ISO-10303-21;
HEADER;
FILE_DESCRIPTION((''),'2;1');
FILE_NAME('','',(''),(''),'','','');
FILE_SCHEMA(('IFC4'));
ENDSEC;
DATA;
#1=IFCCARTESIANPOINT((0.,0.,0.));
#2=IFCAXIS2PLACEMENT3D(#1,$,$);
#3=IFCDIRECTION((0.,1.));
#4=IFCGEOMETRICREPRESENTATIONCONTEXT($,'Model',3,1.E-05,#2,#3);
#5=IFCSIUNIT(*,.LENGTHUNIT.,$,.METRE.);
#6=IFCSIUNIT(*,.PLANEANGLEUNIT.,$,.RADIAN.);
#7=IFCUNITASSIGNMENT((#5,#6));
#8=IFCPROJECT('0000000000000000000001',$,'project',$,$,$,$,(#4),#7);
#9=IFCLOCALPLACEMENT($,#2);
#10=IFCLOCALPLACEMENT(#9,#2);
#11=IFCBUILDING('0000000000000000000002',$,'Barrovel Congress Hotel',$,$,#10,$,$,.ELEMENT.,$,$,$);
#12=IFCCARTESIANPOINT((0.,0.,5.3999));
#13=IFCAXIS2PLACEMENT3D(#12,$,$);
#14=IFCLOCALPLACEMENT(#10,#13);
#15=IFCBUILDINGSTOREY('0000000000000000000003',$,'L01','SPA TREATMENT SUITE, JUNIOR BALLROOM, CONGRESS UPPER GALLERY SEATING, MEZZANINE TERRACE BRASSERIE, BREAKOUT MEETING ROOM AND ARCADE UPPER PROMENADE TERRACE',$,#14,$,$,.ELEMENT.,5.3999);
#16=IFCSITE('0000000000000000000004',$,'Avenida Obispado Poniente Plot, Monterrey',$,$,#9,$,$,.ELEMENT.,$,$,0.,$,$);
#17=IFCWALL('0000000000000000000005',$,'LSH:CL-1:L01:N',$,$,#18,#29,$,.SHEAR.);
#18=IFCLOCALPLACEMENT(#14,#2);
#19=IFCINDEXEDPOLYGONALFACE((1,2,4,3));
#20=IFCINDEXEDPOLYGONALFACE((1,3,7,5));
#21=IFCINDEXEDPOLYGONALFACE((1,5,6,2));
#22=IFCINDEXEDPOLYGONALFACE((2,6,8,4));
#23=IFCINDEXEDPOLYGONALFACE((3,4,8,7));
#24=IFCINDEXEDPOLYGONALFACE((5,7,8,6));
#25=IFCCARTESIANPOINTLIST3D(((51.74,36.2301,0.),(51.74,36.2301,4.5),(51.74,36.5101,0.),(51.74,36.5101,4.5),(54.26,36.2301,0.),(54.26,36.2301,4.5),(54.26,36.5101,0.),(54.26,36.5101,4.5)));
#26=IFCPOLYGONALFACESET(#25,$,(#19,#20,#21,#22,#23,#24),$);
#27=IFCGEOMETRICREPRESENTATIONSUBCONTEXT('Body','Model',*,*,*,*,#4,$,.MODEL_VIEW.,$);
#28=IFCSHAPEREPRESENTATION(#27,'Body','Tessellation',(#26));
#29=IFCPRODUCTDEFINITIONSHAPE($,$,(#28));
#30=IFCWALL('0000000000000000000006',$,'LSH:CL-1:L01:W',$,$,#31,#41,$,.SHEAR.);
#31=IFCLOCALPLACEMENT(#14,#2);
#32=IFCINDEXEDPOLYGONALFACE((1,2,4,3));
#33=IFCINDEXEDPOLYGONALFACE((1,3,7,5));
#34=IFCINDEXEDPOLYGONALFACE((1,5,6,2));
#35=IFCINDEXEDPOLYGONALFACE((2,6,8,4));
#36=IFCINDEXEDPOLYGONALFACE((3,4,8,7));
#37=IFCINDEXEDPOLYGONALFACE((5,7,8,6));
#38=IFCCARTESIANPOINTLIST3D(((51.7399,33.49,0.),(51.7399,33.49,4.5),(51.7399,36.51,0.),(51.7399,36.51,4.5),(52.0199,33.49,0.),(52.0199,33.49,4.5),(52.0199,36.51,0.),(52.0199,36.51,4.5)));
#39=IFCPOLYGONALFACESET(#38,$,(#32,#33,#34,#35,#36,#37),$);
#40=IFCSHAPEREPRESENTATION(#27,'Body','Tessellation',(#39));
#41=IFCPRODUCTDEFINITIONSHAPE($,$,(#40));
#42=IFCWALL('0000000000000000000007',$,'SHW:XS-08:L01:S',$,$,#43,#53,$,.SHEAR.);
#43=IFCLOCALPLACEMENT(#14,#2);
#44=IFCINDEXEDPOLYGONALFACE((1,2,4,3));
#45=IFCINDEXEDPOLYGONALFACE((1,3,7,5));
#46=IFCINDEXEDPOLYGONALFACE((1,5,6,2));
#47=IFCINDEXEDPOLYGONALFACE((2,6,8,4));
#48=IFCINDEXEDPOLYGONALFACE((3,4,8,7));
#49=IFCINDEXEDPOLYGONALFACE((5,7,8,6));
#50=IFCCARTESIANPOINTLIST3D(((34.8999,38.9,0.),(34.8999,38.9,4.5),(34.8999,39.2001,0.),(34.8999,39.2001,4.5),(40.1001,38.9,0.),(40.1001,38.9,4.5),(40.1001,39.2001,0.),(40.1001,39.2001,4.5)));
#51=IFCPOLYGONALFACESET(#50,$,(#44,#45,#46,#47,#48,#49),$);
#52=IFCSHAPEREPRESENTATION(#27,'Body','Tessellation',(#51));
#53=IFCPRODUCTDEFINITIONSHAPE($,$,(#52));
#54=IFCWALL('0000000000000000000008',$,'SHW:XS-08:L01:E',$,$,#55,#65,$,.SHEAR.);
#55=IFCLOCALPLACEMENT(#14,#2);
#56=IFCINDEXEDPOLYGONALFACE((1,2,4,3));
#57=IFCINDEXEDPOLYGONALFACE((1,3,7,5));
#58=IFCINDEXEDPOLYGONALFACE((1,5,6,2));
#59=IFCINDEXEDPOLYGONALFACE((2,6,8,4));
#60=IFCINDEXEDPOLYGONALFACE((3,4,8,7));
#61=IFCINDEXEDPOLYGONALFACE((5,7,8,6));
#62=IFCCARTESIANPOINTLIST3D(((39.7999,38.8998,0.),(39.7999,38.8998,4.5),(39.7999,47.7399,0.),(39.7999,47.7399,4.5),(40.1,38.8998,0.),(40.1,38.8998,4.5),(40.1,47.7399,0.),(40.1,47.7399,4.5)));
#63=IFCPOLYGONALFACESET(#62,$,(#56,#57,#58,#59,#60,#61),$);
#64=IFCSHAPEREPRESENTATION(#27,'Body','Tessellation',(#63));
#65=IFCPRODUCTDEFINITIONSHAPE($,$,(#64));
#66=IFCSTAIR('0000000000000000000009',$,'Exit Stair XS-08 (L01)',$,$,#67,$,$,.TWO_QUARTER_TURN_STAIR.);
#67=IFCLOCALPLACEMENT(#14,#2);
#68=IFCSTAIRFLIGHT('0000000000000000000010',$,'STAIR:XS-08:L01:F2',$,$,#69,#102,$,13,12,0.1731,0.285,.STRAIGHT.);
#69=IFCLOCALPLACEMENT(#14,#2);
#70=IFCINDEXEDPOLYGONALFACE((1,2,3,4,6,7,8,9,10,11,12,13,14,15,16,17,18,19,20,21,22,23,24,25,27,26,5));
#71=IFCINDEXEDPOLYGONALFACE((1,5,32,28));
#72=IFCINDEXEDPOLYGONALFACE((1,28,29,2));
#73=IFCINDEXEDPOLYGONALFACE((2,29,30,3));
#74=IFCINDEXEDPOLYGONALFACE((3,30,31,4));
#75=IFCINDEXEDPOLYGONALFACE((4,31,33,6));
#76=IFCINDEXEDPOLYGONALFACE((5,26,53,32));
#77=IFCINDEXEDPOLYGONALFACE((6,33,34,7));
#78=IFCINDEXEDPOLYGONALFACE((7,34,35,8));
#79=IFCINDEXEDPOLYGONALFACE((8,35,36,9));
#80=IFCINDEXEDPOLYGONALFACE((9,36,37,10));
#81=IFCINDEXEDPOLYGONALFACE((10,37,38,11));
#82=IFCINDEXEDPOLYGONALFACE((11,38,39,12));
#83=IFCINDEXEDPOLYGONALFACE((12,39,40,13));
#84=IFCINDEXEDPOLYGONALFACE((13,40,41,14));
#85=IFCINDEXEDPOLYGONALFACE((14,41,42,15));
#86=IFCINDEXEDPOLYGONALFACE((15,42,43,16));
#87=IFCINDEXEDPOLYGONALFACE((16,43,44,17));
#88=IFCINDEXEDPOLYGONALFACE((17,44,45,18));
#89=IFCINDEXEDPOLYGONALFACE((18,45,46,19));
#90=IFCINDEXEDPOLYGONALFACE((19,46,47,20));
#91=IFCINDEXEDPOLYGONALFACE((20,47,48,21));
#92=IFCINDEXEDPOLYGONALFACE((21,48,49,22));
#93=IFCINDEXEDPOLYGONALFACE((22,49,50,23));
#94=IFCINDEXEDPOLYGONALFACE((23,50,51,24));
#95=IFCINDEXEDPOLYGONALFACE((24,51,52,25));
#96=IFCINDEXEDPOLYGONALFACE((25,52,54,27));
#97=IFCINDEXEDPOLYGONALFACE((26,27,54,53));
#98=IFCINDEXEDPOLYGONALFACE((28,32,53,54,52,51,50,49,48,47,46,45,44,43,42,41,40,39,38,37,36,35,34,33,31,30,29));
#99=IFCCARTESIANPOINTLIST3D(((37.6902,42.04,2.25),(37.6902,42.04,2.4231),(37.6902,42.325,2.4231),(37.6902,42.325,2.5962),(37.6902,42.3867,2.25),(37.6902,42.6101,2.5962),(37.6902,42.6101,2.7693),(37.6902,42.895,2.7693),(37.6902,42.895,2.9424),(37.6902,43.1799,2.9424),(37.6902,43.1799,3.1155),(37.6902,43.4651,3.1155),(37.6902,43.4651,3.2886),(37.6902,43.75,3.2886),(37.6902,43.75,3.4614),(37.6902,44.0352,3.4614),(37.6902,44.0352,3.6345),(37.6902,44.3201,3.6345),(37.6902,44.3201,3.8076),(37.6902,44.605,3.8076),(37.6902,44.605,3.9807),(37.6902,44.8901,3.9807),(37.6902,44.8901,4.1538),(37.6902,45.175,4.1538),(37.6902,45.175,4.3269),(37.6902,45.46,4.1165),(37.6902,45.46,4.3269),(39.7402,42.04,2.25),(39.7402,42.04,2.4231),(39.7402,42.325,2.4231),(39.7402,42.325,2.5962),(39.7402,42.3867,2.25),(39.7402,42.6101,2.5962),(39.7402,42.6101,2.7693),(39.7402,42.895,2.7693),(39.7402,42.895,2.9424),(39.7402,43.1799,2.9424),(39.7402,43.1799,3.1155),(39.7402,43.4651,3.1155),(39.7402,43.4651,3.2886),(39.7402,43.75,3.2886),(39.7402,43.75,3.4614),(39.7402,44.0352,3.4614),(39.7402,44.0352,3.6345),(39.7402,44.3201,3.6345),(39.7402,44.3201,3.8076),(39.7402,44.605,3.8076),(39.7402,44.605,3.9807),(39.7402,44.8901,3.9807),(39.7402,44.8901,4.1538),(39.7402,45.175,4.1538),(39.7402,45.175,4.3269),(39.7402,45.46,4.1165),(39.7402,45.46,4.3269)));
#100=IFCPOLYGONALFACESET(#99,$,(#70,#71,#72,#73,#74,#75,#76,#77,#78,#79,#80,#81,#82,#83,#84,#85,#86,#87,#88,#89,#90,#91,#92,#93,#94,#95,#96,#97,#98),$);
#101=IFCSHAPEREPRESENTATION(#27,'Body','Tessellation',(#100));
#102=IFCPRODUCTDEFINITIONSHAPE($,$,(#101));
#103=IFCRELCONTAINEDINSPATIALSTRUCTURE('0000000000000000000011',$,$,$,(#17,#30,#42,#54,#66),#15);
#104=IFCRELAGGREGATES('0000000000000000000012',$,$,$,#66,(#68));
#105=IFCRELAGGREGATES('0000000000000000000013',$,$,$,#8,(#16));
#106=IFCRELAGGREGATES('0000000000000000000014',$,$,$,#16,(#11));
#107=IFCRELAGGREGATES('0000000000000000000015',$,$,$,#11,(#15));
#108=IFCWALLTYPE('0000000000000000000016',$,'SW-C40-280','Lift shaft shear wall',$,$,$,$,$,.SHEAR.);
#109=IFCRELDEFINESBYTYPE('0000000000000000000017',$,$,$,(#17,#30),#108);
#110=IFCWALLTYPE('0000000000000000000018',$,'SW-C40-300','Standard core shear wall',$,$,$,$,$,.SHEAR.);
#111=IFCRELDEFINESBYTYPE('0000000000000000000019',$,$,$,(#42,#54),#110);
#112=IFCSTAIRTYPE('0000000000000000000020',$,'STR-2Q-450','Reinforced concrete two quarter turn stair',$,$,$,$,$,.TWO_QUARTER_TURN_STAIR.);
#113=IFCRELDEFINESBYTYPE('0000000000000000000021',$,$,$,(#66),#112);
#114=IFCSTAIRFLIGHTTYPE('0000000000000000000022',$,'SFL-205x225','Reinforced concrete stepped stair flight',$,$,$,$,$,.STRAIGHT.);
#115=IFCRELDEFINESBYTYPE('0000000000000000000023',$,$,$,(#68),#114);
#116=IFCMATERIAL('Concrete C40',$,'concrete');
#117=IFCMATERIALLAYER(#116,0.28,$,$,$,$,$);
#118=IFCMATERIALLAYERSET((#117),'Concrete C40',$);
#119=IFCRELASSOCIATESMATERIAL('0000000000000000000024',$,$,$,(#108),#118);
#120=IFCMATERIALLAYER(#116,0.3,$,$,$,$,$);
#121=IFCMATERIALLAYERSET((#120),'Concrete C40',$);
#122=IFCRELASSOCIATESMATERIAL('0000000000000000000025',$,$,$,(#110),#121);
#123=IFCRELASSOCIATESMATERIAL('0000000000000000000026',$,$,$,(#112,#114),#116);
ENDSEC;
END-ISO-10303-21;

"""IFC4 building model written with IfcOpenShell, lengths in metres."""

from ifc_helpers import new_model, si_unit, direction, frame, frame_2d, origin, place, context, subcontext, project, spatial, polyline, rectangle, outline, extrude, material, layer, layer_set, type_object, element, aggregate, save


model = new_model("IFC4")

# Units and contexts
model_context = context("Model", 3, precision=1e-05, world=origin(), true_north=direction((0.0, 1.0)))
body_context = subcontext(model_context, "Body", "Model", "MODEL_VIEW")
ifc_project = project(units=[si_unit("LENGTHUNIT", "METRE"), si_unit("PLANEANGLEUNIT", "RADIAN")], contexts=[model_context])

# Site, building, storey
site_placement = place(None, origin())
site = spatial("IfcSite", under=ifc_project, at=site_placement, Name="Avenida Obispado Poniente Plot, Monterrey", CompositionType="ELEMENT", RefElevation=0.0)
building_placement = place(site_placement, origin())
building = spatial("IfcBuilding", under=site, at=building_placement, Name="Barrovel Congress Hotel", CompositionType="ELEMENT")
storey_placement = place(building_placement, frame((0.0, 0.0, 5.3999)))
storey = spatial("IfcBuildingStorey", under=building, at=storey_placement, Name="L01", Description="SPA TREATMENT SUITE, JUNIOR BALLROOM, CONGRESS UPPER GALLERY SEATING, MEZZANINE TERRACE BRASSERIE, BREAKOUT MEETING ROOM AND ARCADE UPPER PROMENADE TERRACE", CompositionType="ELEMENT", Elevation=5.3999)

# Shared definitions
ifc_material_1 = material(Name="Concrete C40", Category="concrete")

# Shared definitions
ifc_layer_1 = layer(ifc_material_1, 0.28)
ifc_layer_set_1 = layer_set([ifc_layer_1], Name="Concrete C40")
wall_type_1 = type_object("IfcWallType", Name="SW-C40-280", Description="Lift shaft shear wall", PredefinedType="SHEAR", material=ifc_layer_set_1)

# Walls
wall_1_placement = place(storey_placement, frame((54.26, 36.3701, 0.0), z_axis=(0.0, 0.0, 1.0), x_axis=(-1.0, 0.0, 0.0)))
element("IfcWall", 1, at=wall_1_placement, inside=storey, type_object=wall_type_1, Name="LSH:CL-1:L01:N", PredefinedType="SHEAR", context=body_context, shape_type="SweptSolid", body=[
    extrude(rectangle(XDim=2.52, YDim=0.28, at=frame_2d((1.26, 0.0))), origin(), (0.0, 0.0, 1.0), 4.5),
])
wall_2_placement = place(storey_placement, frame((51.8799, 36.51, 0.0), z_axis=(0.0, 0.0, 1.0), x_axis=(0.0, -1.0, 0.0)))
element("IfcWall", 2, at=wall_2_placement, inside=storey, type_object=wall_type_1, Name="LSH:CL-1:L01:W", PredefinedType="SHEAR", context=body_context, shape_type="SweptSolid", body=[
    extrude(rectangle(XDim=3.02, YDim=0.28, at=frame_2d((1.51, 0.0))), origin(), (0.0, 0.0, 1.0), 4.5),
])
ifc_layer_2 = layer(ifc_material_1, 0.3)
ifc_layer_set_2 = layer_set([ifc_layer_2], Name="Concrete C40")
wall_type_2 = type_object("IfcWallType", Name="SW-C40-300", Description="Standard core shear wall", PredefinedType="SHEAR", material=ifc_layer_set_2)
wall_3_placement = place(storey_placement, frame((34.8999, 39.05, 0.0), z_axis=(0.0, 0.0, 1.0), x_axis=(1.0, 0.0, 0.0)))
element("IfcWall", 3, at=wall_3_placement, inside=storey, type_object=wall_type_2, Name="SHW:XS-08:L01:S", PredefinedType="SHEAR", context=body_context, shape_type="SweptSolid", body=[
    extrude(rectangle(XDim=5.2002, YDim=0.3, at=frame_2d((2.6001, 0.0))), origin(), (0.0, 0.0, 1.0), 4.5),
])
wall_4_placement = place(storey_placement, frame((39.95, 38.8999, 0.0), z_axis=(0.0, 0.0, 1.0), x_axis=(0.0, 1.0, 0.0)))
element("IfcWall", 4, at=wall_4_placement, inside=storey, type_object=wall_type_2, Name="SHW:XS-08:L01:E", PredefinedType="SHEAR", context=body_context, shape_type="SweptSolid", body=[
    extrude(rectangle(XDim=8.8401, YDim=0.3, at=frame_2d((4.4199, 0.0))), origin(), (0.0, 0.0, 1.0), 4.5),
])

# Stair, stair flight
stair_type = type_object("IfcStairType", Name="STR-2Q-450", Description="Reinforced concrete two quarter turn stair", PredefinedType="TWO_QUARTER_TURN_STAIR", material=ifc_material_1)
stair_placement = place(storey_placement, origin())
stair = element("IfcStair", 5, at=stair_placement, inside=storey, type_object=stair_type, Name="Exit Stair XS-08 (L01)", PredefinedType="TWO_QUARTER_TURN_STAIR")
stair_flight_type = type_object("IfcStairFlightType", Name="SFL-205x225", Description="Reinforced concrete stepped stair flight", PredefinedType="STRAIGHT", material=ifc_material_1)
stair_flight_placement = place(storey_placement, frame((38.7151, 42.04, 2.25), z_axis=(0.0, 0.0, 1.0), x_axis=(0.0, 1.0, 0.0)))
stair_flight = element("IfcStairFlight", 6, at=stair_flight_placement, type_object=stair_flight_type, Name="STAIR:XS-08:L01:F2", NumberOfRisers=13, NumberOfTreads=12, PredefinedType="STRAIGHT", RiserHeight=0.1731, TreadLength=0.285, context=body_context, shape_type="SweptSolid", body=[
    extrude(outline(polyline([(0.0, 0.0), (0.0, 0.1731), (0.2849, 0.1731), (0.2849, 0.3462), (0.5701, 0.3462), (0.5701, 0.5193), (0.855, 0.5193), (0.855, 0.6924), (1.1399, 0.6924), (1.1399, 0.8655), (1.425, 0.8655), (1.425, 1.0386), (1.71, 1.0386), (1.71, 1.2114), (1.9951, 1.2114), (1.9951, 1.3845), (2.28, 1.3845), (2.28, 1.5576), (2.5649, 1.5576), (2.5649, 1.7307), (2.8501, 1.7307), (2.8501, 1.9038), (3.135, 1.9038), (3.135, 2.0769), (3.4199, 2.0769), (3.4199, 2.25), (3.4199, 1.8665), (0.3467, 0.0), (0.0, 0.0)])), frame((0.0, 1.0249, 0.0), z_axis=(0.0, -1.0, 0.0), x_axis=(1.0, 0.0, 0.0)), (0.0, 0.0, 1.0), 2.05),
])
aggregate(stair, [stair_flight])

save(model, "model.ifc")
